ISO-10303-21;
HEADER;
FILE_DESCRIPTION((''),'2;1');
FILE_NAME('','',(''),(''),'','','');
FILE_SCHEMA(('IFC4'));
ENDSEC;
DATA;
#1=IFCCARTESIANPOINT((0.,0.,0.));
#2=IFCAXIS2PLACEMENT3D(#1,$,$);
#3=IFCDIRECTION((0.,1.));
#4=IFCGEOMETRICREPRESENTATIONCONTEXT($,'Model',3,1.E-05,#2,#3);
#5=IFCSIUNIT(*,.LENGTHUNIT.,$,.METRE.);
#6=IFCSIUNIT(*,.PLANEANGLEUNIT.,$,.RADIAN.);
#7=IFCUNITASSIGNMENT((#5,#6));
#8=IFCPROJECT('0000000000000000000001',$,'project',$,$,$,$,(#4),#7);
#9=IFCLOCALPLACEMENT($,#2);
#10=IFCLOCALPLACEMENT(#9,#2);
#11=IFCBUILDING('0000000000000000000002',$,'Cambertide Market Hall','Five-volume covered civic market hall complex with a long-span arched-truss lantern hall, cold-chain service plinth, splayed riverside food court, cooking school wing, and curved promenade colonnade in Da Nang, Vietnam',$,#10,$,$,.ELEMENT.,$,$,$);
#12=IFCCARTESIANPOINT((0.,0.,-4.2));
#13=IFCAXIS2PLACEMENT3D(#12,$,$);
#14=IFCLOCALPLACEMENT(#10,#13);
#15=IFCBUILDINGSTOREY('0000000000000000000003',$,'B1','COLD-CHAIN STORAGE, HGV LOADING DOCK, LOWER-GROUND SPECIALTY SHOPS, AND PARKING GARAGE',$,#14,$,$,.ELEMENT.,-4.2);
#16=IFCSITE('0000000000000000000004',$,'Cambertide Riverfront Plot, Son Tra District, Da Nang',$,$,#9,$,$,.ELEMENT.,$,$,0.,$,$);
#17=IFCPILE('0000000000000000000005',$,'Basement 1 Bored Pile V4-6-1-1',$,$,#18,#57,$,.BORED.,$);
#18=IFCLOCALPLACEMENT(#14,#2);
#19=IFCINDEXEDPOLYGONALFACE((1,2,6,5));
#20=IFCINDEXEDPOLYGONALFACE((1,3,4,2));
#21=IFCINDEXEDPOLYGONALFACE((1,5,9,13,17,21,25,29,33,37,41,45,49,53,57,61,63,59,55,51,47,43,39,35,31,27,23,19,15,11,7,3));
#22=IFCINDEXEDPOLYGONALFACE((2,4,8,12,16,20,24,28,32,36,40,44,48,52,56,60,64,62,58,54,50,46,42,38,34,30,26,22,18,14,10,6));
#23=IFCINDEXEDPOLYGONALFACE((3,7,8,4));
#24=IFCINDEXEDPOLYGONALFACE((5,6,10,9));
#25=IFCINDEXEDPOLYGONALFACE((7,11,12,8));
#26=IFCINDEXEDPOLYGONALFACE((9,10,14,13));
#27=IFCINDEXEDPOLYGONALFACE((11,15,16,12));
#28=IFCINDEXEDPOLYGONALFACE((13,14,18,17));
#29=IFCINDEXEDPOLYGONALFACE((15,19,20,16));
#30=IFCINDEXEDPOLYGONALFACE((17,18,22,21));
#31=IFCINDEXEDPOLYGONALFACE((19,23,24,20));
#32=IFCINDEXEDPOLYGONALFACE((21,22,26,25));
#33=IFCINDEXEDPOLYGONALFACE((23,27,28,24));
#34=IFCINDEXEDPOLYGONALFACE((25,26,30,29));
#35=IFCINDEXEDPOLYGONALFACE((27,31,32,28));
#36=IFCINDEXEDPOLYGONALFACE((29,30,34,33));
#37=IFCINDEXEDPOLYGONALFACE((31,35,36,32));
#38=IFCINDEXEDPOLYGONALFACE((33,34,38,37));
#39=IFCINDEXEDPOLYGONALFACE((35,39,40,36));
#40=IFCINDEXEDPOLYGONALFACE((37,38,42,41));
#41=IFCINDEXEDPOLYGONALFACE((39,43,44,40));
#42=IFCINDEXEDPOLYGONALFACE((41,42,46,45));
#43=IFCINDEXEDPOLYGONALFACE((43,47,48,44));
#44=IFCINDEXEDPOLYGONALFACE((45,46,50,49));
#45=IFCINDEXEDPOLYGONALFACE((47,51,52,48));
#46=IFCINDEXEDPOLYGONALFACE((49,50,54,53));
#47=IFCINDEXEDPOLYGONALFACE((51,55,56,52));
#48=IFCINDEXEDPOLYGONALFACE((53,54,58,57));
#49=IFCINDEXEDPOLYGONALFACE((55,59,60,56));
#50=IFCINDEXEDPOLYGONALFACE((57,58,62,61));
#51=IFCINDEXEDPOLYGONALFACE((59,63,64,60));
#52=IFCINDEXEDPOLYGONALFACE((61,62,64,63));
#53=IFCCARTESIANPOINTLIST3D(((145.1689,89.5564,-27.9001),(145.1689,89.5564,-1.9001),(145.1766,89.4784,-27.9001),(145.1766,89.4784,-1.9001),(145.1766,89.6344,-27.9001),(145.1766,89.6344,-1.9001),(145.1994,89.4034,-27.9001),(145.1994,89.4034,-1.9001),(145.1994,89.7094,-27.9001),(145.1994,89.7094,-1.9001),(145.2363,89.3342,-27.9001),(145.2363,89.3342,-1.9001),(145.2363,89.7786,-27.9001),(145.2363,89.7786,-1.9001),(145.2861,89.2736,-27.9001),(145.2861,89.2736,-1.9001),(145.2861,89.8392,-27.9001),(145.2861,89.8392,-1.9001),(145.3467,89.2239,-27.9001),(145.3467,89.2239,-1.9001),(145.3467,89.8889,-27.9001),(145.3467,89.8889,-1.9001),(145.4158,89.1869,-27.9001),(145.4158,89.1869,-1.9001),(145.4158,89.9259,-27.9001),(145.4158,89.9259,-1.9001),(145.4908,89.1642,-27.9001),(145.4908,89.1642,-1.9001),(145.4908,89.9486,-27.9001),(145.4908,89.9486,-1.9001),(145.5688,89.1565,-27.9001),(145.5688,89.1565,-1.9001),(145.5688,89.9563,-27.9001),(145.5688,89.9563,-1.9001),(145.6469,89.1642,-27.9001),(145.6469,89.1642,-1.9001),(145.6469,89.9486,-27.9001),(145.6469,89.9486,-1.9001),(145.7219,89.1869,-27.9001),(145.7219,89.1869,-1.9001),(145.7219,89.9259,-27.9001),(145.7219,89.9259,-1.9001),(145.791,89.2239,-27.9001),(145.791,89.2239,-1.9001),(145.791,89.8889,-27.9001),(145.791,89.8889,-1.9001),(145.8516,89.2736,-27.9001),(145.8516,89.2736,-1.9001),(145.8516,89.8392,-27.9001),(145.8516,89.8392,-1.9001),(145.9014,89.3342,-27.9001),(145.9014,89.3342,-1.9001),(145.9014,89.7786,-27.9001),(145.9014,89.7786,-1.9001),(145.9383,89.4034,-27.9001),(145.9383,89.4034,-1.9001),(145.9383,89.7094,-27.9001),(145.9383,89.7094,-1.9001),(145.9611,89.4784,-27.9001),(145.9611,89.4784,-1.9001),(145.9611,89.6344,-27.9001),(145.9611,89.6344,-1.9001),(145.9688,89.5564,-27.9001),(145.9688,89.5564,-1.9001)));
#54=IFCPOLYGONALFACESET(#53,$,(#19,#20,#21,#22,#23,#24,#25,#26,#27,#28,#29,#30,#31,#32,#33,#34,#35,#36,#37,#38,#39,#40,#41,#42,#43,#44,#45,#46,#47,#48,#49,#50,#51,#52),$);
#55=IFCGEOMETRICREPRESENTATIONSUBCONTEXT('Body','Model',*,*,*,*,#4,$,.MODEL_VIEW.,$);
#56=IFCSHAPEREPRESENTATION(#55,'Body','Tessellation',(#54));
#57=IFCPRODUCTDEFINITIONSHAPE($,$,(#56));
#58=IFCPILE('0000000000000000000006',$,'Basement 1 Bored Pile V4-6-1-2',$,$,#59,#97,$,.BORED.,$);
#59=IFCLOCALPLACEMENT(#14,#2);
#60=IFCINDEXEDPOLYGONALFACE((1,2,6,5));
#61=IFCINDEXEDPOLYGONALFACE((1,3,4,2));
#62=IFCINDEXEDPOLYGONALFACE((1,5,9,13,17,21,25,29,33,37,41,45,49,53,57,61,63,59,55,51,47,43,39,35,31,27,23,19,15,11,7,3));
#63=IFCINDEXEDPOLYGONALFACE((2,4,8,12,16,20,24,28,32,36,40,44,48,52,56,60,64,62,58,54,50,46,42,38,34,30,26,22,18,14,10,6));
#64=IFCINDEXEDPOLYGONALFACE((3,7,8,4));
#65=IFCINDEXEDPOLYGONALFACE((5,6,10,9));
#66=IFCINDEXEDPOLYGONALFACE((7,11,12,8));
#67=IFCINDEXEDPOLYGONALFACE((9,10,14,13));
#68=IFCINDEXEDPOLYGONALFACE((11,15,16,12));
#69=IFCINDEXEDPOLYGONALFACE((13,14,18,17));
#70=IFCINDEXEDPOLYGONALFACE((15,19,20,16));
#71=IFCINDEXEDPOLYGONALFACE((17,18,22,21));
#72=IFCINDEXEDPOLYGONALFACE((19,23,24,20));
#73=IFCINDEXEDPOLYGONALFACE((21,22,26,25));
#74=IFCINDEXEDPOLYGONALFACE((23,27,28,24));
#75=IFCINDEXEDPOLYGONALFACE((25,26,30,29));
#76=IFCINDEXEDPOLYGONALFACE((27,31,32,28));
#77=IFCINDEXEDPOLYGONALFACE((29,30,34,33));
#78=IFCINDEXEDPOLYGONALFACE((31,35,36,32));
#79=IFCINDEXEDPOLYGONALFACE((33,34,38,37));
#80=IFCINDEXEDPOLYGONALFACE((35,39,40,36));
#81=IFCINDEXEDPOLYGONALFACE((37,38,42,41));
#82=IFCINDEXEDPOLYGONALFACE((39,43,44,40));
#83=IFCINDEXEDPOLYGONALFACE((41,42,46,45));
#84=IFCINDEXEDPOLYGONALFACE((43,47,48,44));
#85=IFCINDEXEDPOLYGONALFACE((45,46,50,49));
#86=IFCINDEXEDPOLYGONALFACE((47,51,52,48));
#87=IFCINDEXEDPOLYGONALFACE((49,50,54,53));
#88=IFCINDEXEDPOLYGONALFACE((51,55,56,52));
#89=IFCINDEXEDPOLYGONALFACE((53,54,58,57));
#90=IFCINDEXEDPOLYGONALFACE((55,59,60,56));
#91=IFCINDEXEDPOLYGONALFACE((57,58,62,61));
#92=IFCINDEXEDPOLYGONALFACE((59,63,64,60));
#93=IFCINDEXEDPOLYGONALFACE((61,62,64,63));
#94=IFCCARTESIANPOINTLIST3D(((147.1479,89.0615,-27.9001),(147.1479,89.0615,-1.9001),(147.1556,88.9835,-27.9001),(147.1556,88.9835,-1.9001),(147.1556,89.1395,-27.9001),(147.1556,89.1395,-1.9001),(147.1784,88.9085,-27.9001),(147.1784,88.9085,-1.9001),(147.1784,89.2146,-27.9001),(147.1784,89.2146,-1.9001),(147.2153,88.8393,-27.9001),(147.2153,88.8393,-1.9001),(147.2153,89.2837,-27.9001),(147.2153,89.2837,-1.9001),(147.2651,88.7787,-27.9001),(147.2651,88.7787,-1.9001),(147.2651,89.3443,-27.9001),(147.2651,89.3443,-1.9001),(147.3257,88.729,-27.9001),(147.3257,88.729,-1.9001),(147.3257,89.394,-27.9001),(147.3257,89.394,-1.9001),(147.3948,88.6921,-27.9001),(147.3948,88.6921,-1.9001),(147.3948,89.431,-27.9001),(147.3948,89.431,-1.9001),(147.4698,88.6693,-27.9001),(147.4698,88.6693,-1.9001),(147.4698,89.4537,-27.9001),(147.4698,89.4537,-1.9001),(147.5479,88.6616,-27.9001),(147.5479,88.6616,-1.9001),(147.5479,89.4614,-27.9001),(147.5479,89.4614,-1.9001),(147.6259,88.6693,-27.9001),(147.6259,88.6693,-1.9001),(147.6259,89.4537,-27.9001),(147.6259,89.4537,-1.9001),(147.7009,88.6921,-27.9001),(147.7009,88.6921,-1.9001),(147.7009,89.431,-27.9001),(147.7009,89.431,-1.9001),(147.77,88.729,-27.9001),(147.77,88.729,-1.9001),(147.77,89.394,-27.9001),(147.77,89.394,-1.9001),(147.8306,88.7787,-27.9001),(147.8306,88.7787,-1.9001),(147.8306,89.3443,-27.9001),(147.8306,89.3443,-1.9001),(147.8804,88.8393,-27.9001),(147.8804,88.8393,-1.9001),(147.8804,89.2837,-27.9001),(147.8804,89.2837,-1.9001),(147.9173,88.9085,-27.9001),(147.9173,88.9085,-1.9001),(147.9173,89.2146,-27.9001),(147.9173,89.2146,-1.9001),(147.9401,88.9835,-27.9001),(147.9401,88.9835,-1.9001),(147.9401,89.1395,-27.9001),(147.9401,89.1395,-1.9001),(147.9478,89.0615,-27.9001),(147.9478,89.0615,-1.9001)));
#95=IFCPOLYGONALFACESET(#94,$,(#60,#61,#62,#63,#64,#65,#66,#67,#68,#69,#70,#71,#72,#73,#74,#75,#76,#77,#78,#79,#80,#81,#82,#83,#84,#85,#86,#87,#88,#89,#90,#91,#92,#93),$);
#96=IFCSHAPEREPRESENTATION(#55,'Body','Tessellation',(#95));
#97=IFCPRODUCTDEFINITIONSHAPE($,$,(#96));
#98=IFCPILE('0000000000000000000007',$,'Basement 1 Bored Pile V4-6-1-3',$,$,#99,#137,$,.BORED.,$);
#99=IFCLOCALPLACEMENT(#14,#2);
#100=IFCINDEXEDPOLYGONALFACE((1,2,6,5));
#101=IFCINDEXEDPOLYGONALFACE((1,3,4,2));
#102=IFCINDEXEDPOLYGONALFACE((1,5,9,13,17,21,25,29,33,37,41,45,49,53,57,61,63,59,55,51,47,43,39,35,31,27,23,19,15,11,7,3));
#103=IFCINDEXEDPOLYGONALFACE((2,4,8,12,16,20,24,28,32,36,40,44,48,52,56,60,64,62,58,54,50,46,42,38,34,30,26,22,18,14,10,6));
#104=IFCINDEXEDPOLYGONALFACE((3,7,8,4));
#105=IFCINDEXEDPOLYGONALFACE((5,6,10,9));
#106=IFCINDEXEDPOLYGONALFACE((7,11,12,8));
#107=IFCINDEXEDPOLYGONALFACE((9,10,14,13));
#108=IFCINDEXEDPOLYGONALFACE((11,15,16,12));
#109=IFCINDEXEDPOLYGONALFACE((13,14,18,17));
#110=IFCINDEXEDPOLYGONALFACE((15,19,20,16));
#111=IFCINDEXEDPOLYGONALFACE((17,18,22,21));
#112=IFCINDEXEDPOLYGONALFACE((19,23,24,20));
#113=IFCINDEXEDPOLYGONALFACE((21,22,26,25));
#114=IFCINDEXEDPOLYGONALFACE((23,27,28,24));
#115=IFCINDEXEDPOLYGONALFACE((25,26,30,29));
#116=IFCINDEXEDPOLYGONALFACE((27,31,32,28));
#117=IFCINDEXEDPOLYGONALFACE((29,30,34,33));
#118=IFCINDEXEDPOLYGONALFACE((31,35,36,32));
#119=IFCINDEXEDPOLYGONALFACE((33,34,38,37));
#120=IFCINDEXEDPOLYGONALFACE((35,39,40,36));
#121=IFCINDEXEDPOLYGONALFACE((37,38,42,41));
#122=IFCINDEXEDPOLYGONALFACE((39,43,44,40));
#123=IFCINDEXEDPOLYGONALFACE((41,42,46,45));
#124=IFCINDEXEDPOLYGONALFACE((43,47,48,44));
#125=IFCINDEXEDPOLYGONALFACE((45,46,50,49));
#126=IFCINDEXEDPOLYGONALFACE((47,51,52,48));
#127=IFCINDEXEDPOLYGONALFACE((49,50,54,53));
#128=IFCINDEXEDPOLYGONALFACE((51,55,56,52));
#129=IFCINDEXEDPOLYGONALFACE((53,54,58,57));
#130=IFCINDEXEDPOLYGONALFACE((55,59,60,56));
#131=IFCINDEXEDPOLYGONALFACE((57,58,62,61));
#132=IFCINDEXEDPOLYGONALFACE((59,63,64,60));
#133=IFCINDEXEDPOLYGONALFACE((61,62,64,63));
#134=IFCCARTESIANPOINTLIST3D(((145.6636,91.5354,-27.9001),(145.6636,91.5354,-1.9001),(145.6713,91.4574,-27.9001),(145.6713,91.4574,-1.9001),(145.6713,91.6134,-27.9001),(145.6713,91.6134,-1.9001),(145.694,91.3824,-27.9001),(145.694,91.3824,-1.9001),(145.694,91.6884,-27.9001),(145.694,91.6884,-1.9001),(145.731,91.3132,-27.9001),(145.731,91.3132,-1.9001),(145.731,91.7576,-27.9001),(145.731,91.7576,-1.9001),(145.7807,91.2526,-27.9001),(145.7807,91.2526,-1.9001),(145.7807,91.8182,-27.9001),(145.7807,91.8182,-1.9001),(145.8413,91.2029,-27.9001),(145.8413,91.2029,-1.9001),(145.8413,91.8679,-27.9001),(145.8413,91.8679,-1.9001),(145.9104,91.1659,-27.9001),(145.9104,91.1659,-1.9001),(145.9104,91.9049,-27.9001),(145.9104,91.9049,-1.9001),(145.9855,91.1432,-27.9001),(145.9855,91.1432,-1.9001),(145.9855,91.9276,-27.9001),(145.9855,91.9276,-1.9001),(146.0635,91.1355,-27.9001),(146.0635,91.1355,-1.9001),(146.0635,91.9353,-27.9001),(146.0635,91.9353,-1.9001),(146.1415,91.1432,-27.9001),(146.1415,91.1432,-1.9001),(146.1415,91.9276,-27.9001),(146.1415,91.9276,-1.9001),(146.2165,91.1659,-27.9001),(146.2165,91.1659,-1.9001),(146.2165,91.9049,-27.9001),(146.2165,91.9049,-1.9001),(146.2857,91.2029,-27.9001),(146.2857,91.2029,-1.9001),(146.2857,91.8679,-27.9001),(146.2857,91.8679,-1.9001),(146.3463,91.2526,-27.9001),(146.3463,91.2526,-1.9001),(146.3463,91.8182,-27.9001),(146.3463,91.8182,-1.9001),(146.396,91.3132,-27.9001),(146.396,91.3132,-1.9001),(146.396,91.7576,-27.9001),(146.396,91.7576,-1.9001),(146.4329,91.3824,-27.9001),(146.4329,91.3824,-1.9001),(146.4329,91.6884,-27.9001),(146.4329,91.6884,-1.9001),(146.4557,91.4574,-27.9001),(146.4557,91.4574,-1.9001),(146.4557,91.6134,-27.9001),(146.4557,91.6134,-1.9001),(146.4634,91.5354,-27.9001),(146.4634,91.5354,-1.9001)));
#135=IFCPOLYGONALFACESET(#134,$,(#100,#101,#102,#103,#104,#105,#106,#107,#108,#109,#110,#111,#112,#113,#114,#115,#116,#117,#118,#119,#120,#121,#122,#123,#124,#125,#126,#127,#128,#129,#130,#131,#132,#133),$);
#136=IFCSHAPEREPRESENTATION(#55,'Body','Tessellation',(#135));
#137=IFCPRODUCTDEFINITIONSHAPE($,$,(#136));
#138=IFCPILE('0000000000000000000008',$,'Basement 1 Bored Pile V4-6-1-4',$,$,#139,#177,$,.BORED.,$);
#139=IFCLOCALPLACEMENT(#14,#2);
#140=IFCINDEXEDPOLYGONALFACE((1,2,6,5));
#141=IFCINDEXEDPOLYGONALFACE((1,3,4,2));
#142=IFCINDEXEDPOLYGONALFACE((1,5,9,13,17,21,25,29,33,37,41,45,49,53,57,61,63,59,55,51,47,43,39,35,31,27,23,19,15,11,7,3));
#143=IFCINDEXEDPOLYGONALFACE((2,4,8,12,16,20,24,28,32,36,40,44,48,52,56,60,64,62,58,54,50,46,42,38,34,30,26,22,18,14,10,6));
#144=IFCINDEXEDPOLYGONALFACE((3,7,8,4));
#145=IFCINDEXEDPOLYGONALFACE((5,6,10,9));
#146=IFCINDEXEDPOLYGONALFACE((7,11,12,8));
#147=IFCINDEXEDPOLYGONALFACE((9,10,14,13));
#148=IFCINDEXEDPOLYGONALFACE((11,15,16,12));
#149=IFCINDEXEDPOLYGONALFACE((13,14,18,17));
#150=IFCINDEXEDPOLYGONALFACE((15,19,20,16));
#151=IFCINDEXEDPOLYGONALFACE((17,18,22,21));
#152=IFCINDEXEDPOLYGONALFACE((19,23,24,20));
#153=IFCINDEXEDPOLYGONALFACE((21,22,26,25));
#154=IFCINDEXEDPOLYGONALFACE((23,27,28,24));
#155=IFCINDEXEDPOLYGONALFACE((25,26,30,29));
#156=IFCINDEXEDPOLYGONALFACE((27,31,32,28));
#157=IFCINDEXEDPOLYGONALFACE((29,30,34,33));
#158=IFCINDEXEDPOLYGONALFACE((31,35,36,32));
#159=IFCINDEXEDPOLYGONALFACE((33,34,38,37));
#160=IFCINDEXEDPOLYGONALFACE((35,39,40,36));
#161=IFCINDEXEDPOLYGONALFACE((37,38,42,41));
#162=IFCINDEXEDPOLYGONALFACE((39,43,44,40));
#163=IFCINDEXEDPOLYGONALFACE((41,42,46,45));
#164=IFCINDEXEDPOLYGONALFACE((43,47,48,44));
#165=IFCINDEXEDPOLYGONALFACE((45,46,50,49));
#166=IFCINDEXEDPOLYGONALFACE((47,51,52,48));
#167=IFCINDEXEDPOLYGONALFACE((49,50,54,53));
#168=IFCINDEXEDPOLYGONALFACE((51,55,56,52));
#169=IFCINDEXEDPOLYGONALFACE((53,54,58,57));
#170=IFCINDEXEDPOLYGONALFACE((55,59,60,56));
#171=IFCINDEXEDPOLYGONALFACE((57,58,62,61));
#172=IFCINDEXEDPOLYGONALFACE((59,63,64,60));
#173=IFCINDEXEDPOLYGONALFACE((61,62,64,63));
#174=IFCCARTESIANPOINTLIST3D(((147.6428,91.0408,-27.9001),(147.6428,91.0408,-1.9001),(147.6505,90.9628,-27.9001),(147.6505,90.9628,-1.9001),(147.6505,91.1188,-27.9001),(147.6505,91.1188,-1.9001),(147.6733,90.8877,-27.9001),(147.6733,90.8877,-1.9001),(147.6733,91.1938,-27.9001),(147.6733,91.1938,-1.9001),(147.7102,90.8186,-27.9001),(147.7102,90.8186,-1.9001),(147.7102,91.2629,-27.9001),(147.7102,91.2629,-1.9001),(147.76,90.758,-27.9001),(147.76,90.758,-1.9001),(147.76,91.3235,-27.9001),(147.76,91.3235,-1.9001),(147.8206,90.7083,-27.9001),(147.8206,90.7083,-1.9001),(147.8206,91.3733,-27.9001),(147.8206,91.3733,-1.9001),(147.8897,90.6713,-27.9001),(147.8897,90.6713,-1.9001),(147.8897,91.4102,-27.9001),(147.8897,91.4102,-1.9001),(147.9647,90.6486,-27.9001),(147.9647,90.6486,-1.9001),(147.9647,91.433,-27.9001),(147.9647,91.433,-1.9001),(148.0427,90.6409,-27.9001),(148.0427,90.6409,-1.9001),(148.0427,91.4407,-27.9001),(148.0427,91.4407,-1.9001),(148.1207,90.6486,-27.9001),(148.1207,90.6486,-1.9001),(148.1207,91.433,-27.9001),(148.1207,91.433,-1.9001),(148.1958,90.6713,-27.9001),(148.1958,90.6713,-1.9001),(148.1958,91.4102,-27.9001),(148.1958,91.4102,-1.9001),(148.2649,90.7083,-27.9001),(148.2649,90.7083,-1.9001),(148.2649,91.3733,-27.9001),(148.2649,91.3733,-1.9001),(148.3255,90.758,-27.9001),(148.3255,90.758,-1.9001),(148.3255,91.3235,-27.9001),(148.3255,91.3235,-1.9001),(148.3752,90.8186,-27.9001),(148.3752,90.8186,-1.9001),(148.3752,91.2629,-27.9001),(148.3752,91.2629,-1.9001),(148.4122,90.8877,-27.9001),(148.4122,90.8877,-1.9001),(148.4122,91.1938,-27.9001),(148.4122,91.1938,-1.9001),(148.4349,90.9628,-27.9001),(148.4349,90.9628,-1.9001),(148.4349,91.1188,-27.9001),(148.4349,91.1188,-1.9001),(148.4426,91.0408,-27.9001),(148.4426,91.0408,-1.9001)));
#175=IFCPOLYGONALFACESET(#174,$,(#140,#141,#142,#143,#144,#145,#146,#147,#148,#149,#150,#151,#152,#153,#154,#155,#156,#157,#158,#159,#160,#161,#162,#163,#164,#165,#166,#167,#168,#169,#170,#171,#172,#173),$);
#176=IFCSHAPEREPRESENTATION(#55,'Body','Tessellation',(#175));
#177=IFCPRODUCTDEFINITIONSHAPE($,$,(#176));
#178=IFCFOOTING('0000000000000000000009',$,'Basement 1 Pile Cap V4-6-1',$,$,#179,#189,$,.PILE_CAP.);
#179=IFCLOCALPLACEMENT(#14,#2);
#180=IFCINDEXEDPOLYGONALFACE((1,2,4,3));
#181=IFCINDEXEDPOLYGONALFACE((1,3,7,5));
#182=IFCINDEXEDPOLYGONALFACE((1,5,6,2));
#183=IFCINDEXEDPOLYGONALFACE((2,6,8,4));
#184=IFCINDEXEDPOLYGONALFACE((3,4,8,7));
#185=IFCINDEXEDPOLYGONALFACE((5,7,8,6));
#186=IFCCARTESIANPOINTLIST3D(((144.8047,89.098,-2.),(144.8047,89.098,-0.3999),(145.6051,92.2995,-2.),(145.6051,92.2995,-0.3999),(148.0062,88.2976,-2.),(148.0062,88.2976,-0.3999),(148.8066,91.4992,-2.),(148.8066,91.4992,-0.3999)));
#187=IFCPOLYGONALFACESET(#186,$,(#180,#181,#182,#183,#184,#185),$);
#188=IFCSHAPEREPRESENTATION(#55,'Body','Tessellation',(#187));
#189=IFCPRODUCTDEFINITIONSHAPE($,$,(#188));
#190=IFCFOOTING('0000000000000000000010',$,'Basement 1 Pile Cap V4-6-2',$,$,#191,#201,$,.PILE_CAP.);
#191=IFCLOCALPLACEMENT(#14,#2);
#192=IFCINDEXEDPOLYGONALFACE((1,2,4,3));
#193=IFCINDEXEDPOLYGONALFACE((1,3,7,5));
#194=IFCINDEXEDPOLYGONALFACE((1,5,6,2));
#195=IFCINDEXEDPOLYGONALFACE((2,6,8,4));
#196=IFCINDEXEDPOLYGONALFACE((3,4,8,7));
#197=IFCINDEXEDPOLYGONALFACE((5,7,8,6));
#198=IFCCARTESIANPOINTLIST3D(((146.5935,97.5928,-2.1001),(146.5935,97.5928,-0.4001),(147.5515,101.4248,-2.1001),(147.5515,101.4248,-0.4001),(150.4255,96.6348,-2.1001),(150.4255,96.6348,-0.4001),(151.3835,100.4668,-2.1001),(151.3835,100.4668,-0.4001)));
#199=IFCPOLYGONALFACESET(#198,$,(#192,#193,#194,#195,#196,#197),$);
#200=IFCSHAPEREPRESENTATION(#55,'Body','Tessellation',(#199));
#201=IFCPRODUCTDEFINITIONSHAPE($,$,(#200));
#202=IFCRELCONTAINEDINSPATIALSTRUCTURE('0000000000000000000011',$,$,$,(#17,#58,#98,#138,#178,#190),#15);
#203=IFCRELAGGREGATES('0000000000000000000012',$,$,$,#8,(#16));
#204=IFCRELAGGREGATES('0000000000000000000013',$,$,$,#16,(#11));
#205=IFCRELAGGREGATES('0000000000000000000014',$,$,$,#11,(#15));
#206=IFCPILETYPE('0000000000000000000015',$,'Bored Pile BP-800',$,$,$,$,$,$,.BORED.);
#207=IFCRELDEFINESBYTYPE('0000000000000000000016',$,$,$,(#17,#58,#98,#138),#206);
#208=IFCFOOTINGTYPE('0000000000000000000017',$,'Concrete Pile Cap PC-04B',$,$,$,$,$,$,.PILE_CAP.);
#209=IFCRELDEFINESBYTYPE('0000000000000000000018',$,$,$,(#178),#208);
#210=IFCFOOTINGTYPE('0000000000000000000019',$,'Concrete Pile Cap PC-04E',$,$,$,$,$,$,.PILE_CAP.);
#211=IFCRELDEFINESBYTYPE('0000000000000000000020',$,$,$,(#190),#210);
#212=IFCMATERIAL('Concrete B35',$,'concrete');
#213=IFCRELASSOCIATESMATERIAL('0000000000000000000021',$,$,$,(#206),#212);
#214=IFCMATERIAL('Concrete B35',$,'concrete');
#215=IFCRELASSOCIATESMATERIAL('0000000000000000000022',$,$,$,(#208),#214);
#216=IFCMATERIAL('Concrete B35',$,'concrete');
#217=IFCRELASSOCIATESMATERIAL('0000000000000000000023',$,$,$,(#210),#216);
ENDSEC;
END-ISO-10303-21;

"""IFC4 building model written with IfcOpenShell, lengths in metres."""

from ifc_helpers import new_model, si_unit, direction, frame, origin, origin_2d, place, context, subcontext, project, spatial, rectangle, circle, extrude, material, material_profile, profile_set, type_object, element, save


model = new_model("IFC4")

# Units and contexts
model_context = context("Model", 3, precision=1e-05, world=origin(), true_north=direction((0.0, 1.0)))
body_context = subcontext(model_context, "Body", "Model", "MODEL_VIEW")
ifc_project = project(units=[si_unit("LENGTHUNIT", "METRE"), si_unit("PLANEANGLEUNIT", "RADIAN")], contexts=[model_context])

# Site, building, storey
site_placement = place(None, origin())
site = spatial("IfcSite", under=ifc_project, at=site_placement, Name="Cambertide Riverfront Plot, Son Tra District, Da Nang", CompositionType="ELEMENT", RefElevation=0.0)
building_placement = place(site_placement, origin())
building = spatial("IfcBuilding", under=site, at=building_placement, Name="Cambertide Market Hall", Description="Five-volume covered civic market hall complex with a long-span arched-truss lantern hall, cold-chain service plinth, splayed riverside food court, cooking school wing, and curved promenade colonnade in Da Nang, Vietnam", CompositionType="ELEMENT")
storey_placement = place(building_placement, frame((0.0, 0.0, -4.2)))
storey = spatial("IfcBuildingStorey", under=building, at=storey_placement, Name="B1", Description="COLD-CHAIN STORAGE, HGV LOADING DOCK, LOWER-GROUND SPECIALTY SHOPS, AND PARKING GARAGE", CompositionType="ELEMENT", Elevation=-4.2)

# Piles
ifc_material_1 = material(Name="Concrete B35", Category="concrete")
ifc_material_profile_1 = material_profile(ifc_material_1, circle(Radius=0.3999, at=origin_2d()), Name="BP D800")
ifc_profile_set_1 = profile_set([ifc_material_profile_1], Name="Concrete B35")
pile_type_1 = type_object("IfcPileType", Name="Bored Pile BP-800", PredefinedType="BORED", material=ifc_profile_set_1)
for number, where, z_axis, x_axis, name in (
    (1, (145.5688, 89.5564, -1.9001), (0.0, 0.0, -1.0), (1.0, 0.0, 0.0), "Basement 1 Bored Pile V4-6-1-1"),
    (2, (147.5479, 89.0615, -1.9001), (0.0, 0.0, -1.0), (1.0, 0.0, 0.0), "Basement 1 Bored Pile V4-6-1-2"),
    (3, (146.0635, 91.5354, -1.9001), (0.0, 0.0, -1.0), (1.0, 0.0, 0.0), "Basement 1 Bored Pile V4-6-1-3"),
    (4, (148.0427, 91.0408, -1.9001), (0.0, 0.0, -1.0), (1.0, 0.0, 0.0), "Basement 1 Bored Pile V4-6-1-4"),
):
    element("IfcPile", number, at=place(storey_placement, frame(where, z_axis=z_axis, x_axis=x_axis)), inside=storey, type_object=pile_type_1, Name=name, PredefinedType="BORED", context=body_context, shape_type="SweptSolid", body=[
        extrude(circle(Radius=0.3999, at=origin_2d()), origin(), (0.0, 0.0, 1.0), 26.0),
    ])

# Footings
ifc_material_2 = material(Name="Concrete B35", Category="concrete")
footing_type_1 = type_object("IfcFootingType", Name="Concrete Pile Cap PC-04B", PredefinedType="PILE_CAP", material=ifc_material_2)
footing_1_placement = place(storey_placement, frame((146.8057, 90.2986, -2.0), z_axis=(0.0, 0.0, 1.0), x_axis=(0.970143, -0.242536, 0.0)))
element("IfcFooting", 5, at=footing_1_placement, inside=storey, type_object=footing_type_1, Name="Basement 1 Pile Cap V4-6-1", PredefinedType="PILE_CAP", context=body_context, shape_type="SweptSolid", body=[
    extrude(rectangle(XDim=3.3, YDim=3.3, at=origin_2d()), origin(), (0.0, 0.0, 1.0), 1.6001),
])
ifc_material_3 = material(Name="Concrete B35", Category="concrete")
footing_type_2 = type_object("IfcFootingType", Name="Concrete Pile Cap PC-04E", PredefinedType="PILE_CAP", material=ifc_material_3)
footing_2_placement = place(storey_placement, frame((148.9885, 99.0298, -2.1001), z_axis=(0.0, 0.0, 1.0), x_axis=(0.970143, -0.242536, 0.0)))
element("IfcFooting", 6, at=footing_2_placement, inside=storey, type_object=footing_type_2, Name="Basement 1 Pile Cap V4-6-2", PredefinedType="PILE_CAP", context=body_context, shape_type="SweptSolid", body=[
    extrude(rectangle(XDim=3.95, YDim=3.95, at=origin_2d()), origin(), (0.0, 0.0, 1.0), 1.7),
])

save(model, "model.ifc")
